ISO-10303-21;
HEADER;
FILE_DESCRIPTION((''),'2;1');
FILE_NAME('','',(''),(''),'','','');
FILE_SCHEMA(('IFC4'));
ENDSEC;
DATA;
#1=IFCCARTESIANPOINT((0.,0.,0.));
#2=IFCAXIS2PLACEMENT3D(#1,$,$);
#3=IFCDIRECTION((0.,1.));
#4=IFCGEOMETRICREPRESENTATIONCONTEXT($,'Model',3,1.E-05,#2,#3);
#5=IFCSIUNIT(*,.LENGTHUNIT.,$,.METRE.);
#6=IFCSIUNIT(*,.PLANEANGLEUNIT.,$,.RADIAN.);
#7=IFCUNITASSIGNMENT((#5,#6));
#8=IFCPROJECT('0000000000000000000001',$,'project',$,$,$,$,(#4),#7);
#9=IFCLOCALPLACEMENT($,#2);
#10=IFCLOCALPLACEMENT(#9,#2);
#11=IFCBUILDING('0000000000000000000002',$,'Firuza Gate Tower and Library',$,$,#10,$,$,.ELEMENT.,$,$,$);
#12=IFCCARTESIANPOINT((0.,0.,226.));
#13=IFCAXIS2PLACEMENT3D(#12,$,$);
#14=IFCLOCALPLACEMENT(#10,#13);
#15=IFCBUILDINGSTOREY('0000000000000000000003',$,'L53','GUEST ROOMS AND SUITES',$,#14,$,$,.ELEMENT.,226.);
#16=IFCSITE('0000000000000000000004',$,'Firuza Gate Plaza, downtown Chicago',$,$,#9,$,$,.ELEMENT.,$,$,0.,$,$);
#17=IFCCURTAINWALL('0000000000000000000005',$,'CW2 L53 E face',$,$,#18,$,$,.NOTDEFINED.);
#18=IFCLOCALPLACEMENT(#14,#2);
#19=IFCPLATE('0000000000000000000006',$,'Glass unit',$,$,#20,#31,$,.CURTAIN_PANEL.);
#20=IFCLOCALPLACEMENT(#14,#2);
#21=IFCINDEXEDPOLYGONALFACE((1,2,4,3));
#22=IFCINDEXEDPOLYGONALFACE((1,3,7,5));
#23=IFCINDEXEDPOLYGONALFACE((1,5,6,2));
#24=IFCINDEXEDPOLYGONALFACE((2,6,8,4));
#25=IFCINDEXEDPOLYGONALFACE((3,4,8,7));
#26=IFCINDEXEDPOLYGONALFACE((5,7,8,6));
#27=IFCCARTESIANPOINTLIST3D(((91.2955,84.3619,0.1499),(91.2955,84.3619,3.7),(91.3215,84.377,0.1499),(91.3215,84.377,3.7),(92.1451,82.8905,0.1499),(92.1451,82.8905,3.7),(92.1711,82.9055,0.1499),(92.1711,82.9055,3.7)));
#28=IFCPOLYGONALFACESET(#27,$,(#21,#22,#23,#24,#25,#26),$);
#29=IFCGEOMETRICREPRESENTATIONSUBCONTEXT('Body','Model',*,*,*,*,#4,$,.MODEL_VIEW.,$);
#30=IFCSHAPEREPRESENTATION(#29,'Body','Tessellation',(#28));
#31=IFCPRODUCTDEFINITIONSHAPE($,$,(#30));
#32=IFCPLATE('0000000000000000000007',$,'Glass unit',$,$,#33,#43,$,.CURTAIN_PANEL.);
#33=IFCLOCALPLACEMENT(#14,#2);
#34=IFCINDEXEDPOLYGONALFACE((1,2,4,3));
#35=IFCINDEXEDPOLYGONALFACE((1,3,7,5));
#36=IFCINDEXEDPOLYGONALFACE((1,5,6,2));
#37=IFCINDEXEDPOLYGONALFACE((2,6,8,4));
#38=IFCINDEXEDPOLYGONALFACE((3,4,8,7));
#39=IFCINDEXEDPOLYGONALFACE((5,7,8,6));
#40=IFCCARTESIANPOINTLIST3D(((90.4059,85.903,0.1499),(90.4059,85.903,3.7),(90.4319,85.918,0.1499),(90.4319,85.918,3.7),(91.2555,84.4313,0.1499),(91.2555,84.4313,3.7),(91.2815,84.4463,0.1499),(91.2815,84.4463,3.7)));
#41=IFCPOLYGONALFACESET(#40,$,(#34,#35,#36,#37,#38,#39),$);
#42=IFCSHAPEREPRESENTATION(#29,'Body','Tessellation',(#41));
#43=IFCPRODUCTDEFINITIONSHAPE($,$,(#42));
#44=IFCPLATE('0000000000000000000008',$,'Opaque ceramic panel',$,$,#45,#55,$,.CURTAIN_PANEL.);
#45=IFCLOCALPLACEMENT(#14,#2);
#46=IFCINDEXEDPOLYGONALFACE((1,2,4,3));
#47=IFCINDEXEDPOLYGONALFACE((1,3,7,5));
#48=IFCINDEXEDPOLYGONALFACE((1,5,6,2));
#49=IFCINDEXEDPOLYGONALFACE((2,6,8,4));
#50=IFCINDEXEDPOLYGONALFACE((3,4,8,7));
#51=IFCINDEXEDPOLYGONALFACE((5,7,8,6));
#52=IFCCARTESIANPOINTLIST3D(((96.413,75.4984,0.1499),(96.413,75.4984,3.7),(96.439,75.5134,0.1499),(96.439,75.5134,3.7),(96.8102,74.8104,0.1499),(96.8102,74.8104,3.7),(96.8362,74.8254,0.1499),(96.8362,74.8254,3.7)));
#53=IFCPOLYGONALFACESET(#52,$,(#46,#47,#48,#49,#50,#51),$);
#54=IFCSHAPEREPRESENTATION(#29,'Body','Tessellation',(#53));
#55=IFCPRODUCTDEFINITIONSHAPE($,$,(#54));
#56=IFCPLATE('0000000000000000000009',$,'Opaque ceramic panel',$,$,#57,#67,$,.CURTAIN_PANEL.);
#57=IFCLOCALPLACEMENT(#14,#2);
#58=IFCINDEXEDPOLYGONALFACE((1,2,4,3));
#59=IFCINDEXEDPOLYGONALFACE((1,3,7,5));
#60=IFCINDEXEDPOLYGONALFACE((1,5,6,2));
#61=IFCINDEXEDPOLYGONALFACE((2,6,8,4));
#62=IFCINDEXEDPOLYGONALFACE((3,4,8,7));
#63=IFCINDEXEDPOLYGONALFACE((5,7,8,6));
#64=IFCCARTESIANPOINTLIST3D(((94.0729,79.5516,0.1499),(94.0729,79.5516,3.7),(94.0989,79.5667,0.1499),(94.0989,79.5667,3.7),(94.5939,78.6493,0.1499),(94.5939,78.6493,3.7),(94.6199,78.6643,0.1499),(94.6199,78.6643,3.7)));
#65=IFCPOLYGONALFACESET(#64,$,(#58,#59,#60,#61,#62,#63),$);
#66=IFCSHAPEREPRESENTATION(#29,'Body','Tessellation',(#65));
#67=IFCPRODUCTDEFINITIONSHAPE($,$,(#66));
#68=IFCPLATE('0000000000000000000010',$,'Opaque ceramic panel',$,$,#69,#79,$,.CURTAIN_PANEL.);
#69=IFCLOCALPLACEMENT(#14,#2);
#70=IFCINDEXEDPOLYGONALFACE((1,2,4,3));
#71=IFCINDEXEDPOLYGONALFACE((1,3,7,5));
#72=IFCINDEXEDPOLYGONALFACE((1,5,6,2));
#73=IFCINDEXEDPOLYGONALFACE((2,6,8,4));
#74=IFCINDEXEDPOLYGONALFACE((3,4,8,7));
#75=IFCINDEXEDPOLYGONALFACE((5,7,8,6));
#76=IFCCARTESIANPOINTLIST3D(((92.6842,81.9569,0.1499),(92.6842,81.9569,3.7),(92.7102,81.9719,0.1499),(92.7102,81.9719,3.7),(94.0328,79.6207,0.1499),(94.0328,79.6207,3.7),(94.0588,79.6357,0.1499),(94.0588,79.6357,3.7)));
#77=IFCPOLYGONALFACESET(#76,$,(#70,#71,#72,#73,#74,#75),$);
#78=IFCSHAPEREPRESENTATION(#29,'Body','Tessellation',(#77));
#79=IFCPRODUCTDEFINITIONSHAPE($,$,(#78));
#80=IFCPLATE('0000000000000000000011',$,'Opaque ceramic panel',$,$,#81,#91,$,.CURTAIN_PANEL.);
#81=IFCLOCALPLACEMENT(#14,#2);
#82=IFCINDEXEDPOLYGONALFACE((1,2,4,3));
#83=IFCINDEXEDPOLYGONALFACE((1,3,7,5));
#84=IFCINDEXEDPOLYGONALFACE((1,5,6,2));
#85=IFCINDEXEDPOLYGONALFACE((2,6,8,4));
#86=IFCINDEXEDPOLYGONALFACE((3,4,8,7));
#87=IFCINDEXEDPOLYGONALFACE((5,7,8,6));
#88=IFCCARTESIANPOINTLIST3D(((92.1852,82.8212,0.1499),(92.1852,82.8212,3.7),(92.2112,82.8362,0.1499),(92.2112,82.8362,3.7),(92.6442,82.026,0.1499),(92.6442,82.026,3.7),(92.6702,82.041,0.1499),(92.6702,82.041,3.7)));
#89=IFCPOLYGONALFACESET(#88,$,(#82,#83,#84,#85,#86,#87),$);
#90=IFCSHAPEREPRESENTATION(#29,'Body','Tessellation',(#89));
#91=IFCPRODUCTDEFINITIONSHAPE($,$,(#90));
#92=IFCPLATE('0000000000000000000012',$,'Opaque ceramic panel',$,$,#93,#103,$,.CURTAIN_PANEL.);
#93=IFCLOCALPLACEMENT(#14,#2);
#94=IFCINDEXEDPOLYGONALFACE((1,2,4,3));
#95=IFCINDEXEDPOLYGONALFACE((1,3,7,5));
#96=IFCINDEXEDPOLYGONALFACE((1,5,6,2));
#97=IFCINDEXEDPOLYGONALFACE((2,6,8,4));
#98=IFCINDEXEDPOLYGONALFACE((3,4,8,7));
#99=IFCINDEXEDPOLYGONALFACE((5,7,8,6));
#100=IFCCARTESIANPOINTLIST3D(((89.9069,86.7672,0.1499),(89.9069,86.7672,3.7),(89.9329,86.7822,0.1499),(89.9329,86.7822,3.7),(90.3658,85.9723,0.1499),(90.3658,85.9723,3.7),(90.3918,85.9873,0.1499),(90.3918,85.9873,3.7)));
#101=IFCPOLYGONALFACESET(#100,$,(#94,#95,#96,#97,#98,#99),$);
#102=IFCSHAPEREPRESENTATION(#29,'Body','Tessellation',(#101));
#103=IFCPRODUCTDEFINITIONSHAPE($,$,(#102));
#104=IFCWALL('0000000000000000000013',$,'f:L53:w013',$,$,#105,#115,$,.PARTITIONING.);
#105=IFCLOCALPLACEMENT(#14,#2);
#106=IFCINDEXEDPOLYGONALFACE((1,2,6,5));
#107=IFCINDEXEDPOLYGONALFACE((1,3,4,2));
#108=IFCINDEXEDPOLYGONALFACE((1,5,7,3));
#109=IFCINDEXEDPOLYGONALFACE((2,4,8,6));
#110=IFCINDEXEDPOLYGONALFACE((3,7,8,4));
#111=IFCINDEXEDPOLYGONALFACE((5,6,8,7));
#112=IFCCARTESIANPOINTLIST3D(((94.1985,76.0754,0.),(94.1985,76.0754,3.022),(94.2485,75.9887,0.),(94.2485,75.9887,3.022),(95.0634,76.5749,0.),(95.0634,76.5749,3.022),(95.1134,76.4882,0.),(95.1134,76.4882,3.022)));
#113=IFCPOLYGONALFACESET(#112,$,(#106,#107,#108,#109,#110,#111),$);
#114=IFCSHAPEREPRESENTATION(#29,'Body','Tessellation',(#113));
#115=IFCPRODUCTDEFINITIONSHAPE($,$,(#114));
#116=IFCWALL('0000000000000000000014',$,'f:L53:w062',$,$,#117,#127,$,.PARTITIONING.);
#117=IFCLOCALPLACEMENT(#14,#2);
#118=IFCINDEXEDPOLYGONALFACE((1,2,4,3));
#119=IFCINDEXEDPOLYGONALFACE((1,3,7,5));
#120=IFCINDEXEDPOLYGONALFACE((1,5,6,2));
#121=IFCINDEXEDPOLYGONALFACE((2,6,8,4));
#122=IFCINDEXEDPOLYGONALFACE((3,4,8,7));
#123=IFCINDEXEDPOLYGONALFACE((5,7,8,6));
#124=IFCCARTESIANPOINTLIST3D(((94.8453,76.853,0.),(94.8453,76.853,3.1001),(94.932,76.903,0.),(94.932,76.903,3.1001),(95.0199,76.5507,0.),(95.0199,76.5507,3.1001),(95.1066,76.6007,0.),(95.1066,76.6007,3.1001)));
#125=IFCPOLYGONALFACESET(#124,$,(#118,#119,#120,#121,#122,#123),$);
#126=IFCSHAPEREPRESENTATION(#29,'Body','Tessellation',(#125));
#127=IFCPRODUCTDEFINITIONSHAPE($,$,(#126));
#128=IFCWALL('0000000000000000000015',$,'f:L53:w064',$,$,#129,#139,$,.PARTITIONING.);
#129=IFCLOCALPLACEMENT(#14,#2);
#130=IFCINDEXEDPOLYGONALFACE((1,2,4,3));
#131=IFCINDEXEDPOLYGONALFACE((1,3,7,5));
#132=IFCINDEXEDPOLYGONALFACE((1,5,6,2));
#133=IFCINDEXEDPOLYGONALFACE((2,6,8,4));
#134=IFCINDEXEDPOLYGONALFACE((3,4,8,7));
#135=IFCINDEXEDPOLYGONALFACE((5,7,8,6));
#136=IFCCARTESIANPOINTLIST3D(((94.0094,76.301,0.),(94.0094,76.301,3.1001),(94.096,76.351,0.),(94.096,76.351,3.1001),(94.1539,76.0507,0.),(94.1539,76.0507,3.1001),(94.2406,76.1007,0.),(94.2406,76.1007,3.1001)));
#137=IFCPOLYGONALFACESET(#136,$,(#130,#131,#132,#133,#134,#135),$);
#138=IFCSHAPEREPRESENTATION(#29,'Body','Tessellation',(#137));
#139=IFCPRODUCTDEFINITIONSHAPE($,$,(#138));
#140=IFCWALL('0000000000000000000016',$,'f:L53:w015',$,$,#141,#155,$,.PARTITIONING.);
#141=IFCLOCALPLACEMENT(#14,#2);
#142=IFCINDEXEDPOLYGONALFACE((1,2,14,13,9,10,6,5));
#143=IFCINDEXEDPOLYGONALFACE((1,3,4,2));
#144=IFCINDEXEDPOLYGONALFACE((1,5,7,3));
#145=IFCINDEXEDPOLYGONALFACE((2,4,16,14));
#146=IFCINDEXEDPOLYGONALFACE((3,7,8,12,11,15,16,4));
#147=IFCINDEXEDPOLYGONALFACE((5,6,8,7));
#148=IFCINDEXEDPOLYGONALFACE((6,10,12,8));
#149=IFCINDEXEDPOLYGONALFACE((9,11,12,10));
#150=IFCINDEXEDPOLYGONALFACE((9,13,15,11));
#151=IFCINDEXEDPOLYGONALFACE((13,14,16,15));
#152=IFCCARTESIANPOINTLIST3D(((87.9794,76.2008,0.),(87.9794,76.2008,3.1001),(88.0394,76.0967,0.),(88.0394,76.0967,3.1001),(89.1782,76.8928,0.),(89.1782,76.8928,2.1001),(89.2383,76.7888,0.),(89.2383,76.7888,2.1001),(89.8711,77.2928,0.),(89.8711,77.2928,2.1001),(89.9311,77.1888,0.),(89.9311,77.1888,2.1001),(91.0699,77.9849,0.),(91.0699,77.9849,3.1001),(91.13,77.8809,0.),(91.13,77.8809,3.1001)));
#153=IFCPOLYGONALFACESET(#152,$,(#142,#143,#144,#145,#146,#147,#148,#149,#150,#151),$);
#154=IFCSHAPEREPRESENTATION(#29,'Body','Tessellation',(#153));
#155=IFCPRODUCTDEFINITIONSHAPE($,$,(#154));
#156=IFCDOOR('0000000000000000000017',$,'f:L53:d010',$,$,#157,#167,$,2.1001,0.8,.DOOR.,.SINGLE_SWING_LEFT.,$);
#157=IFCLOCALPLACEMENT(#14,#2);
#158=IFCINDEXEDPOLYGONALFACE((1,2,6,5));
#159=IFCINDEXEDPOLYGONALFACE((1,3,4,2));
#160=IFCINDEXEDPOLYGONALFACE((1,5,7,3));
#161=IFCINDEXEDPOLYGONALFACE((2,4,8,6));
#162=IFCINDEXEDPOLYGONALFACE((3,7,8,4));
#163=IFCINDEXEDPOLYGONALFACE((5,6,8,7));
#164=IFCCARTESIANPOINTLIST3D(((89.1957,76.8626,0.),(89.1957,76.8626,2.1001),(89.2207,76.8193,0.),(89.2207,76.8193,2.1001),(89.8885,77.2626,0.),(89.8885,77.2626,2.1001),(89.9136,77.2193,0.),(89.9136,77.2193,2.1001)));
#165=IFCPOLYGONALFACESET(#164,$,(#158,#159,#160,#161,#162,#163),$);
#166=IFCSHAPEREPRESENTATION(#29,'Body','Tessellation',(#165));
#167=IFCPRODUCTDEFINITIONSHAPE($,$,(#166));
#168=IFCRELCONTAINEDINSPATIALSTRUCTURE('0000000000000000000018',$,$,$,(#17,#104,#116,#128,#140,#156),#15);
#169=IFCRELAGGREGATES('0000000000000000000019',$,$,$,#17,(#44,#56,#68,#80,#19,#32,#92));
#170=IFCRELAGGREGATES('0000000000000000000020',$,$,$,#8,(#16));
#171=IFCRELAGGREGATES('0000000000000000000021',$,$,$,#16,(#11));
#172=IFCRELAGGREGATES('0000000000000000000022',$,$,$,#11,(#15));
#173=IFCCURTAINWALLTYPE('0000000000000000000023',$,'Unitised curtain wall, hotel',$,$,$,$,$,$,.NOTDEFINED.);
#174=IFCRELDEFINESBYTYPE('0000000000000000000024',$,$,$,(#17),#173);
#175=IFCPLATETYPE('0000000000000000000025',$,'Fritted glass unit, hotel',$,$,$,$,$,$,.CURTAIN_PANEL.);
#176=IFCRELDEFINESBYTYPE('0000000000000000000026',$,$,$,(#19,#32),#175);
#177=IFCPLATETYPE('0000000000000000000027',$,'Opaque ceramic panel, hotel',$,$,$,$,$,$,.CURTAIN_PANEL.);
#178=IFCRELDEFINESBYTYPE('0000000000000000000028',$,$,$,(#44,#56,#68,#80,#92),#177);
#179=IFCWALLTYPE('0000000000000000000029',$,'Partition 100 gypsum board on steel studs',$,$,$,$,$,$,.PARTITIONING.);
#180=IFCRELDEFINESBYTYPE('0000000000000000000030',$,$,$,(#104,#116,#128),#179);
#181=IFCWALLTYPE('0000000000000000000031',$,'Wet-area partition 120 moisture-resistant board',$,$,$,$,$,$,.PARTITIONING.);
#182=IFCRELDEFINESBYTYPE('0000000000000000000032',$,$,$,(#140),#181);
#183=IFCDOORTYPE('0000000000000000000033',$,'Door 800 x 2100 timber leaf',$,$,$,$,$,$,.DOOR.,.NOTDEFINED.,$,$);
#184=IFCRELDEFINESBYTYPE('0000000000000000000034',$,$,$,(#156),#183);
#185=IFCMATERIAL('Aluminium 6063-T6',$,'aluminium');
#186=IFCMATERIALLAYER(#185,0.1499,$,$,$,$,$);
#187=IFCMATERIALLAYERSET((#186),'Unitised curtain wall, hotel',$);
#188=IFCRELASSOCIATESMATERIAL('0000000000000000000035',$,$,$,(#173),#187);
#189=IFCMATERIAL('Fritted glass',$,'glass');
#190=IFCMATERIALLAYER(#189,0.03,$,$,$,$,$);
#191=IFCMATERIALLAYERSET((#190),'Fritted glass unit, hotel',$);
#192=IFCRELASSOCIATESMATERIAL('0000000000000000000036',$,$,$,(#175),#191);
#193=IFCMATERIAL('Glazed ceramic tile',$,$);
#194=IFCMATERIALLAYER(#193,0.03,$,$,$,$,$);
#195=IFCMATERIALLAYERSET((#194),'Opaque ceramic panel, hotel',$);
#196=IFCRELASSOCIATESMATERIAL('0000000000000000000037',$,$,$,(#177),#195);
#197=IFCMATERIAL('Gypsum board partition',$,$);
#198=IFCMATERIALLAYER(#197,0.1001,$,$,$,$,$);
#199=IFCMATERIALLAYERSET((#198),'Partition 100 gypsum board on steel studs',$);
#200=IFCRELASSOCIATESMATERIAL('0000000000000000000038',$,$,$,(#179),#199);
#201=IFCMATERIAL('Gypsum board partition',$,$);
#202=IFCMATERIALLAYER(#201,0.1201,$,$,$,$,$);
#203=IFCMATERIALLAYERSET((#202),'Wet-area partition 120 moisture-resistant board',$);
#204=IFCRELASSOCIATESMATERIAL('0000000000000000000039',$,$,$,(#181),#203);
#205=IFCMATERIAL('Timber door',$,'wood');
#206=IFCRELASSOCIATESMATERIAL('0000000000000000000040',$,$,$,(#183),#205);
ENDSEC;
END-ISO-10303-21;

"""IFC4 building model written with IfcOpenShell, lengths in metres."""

from ifc_helpers import new_model, si_unit, direction, frame, frame_2d, origin, place, context, subcontext, project, spatial, polyline, rectangle, outline, extrude, material, layer, layer_set, type_object, element, fill, aggregate, save


model = new_model("IFC4")

# Units and contexts
model_context = context("Model", 3, precision=1e-05, world=origin(), true_north=direction((0.0, 1.0)))
body_context = subcontext(model_context, "Body", "Model", "MODEL_VIEW")
ifc_project = project(units=[si_unit("LENGTHUNIT", "METRE"), si_unit("PLANEANGLEUNIT", "RADIAN")], contexts=[model_context])

# Site, building, storey
site_placement = place(None, origin())
site = spatial("IfcSite", under=ifc_project, at=site_placement, Name="Firuza Gate Plaza, downtown Chicago", CompositionType="ELEMENT", RefElevation=0.0)
building_placement = place(site_placement, origin())
building = spatial("IfcBuilding", under=site, at=building_placement, Name="Firuza Gate Tower and Library", CompositionType="ELEMENT")
storey_placement = place(building_placement, frame((0.0, 0.0, 226.0)))
storey = spatial("IfcBuildingStorey", under=building, at=storey_placement, Name="L53", Description="GUEST ROOMS AND SUITES", CompositionType="ELEMENT", Elevation=226.0)

# Curtain wall
ifc_material_1 = material(Name="Aluminium 6063-T6", Category="aluminium")
ifc_layer_1 = layer(ifc_material_1, 0.1499)
ifc_layer_set_1 = layer_set([ifc_layer_1], Name="Unitised curtain wall, hotel")
curtain_wall_type = type_object("IfcCurtainWallType", Name="Unitised curtain wall, hotel", PredefinedType="NOTDEFINED", material=ifc_layer_set_1)
curtain_wall_placement = place(storey_placement, origin())
curtain_wall = element("IfcCurtainWall", 1, at=curtain_wall_placement, inside=storey, type_object=curtain_wall_type, Name="CW2 L53 E face", PredefinedType="NOTDEFINED")

# Plates
ifc_material_2 = material(Name="Fritted glass", Category="glass")
ifc_layer_2 = layer(ifc_material_2, 0.03)
ifc_layer_set_2 = layer_set([ifc_layer_2], Name="Fritted glass unit, hotel")
plate_type_1 = type_object("IfcPlateType", Name="Fritted glass unit, hotel", PredefinedType="CURTAIN_PANEL", material=ifc_layer_set_2)
plate_1_placement = place(storey_placement, frame((92.1711, 82.9055, 0.1499), z_axis=(0.866006, 0.500033, 0.0), x_axis=(-0.500033, 0.866006, 0.0)))
plate_1 = element("IfcPlate", 2, at=plate_1_placement, type_object=plate_type_1, Name="Glass unit", PredefinedType="CURTAIN_PANEL", context=body_context, shape_type="SweptSolid", body=[
    extrude(outline(polyline([(0.0, 0.0), (1.6991, 0.0), (1.6991, 3.55), (0.0, 3.55), (0.0, 0.0)])), origin(), (0.0, 0.0, -1.0), 0.03),
])
plate_2_placement = place(storey_placement, frame((91.2815, 84.4463, 0.1499), z_axis=(0.866042, 0.499971, 0.0), x_axis=(-0.499971, 0.866042, 0.0)))
plate_2 = element("IfcPlate", 3, at=plate_2_placement, type_object=plate_type_1, Name="Glass unit", PredefinedType="CURTAIN_PANEL", context=body_context, shape_type="SweptSolid", body=[
    extrude(outline(polyline([(0.0, 0.0), (1.6993, 0.0), (1.6993, 3.55), (0.0, 3.55), (0.0, 0.0)])), origin(), (0.0, 0.0, -1.0), 0.03),
])
ifc_material_3 = material(Name="Glazed ceramic tile")
ifc_layer_3 = layer(ifc_material_3, 0.03)
ifc_layer_set_3 = layer_set([ifc_layer_3], Name="Opaque ceramic panel, hotel")
plate_type_2 = type_object("IfcPlateType", Name="Opaque ceramic panel, hotel", PredefinedType="CURTAIN_PANEL", material=ifc_layer_set_3)
plate_3_placement = place(storey_placement, frame((96.8362, 74.8254, 0.1499), z_axis=(0.866022, 0.500006, 0.0), x_axis=(-0.500006, 0.866022, 0.0)))
plate_3 = element("IfcPlate", 4, at=plate_3_placement, type_object=plate_type_2, Name="Opaque ceramic panel", PredefinedType="CURTAIN_PANEL", context=body_context, shape_type="SweptSolid", body=[
    extrude(outline(polyline([(0.0, 0.0), (0.7944, 0.0), (0.7944, 3.55), (0.0, 3.55), (0.0, 0.0)])), origin(), (0.0, 0.0, -1.0), 0.03),
])
plate_4_placement = place(storey_placement, frame((94.6199, 78.6643, 0.1499), z_axis=(0.866014, 0.50002, 0.0), x_axis=(-0.50002, 0.866014, 0.0)))
plate_4 = element("IfcPlate", 5, at=plate_4_placement, type_object=plate_type_2, Name="Opaque ceramic panel", PredefinedType="CURTAIN_PANEL", context=body_context, shape_type="SweptSolid", body=[
    extrude(outline(polyline([(0.0, 0.0), (1.042, 0.0), (1.042, 3.55), (0.0, 3.55), (0.0, 0.0)])), origin(), (0.0, 0.0, -1.0), 0.03),
])
plate_5_placement = place(storey_placement, frame((94.0588, 79.6357, 0.1499), z_axis=(0.866051, 0.499955, 0.0), x_axis=(-0.499955, 0.866051, 0.0)))
plate_5 = element("IfcPlate", 6, at=plate_5_placement, type_object=plate_type_2, Name="Opaque ceramic panel", PredefinedType="CURTAIN_PANEL", context=body_context, shape_type="SweptSolid", body=[
    extrude(outline(polyline([(0.0, 0.0), (2.6975, 0.0), (2.6975, 3.55), (0.0, 3.55), (0.0, 0.0)])), origin(), (0.0, 0.0, -1.0), 0.03),
])
plate_6_placement = place(storey_placement, frame((92.6702, 82.041, 0.1499), z_axis=(0.866075, 0.499914, 0.0), x_axis=(-0.499914, 0.866075, 0.0)))
plate_6 = element("IfcPlate", 7, at=plate_6_placement, type_object=plate_type_2, Name="Opaque ceramic panel", PredefinedType="CURTAIN_PANEL", context=body_context, shape_type="SweptSolid", body=[
    extrude(outline(polyline([(0.0, 0.0), (0.9181, 0.0), (0.9181, 3.55), (0.0, 3.55), (0.0, 0.0)])), origin(), (0.0, 0.0, -1.0), 0.03),
])
plate_7_placement = place(storey_placement, frame((90.3918, 85.9873, 0.1499), z_axis=(0.866008, 0.500029, 0.0), x_axis=(-0.500029, 0.866008, 0.0)))
plate_7 = element("IfcPlate", 8, at=plate_7_placement, type_object=plate_type_2, Name="Opaque ceramic panel", PredefinedType="CURTAIN_PANEL", context=body_context, shape_type="SweptSolid", body=[
    extrude(outline(polyline([(0.0, 0.0), (0.9179, 0.0), (0.9179, 3.55), (0.0, 3.55), (0.0, 0.0)])), origin(), (0.0, 0.0, -1.0), 0.03),
])
aggregate(curtain_wall, [plate_3, plate_4, plate_5, plate_6, plate_1, plate_2, plate_7])

# Walls
ifc_material_4 = material(Name="Gypsum board partition")
ifc_layer_4 = layer(ifc_material_4, 0.1001)
ifc_layer_set_4 = layer_set([ifc_layer_4], Name="Partition 100 gypsum board on steel studs")
wall_type_1 = type_object("IfcWallType", Name="Partition 100 gypsum board on steel studs", PredefinedType="PARTITIONING", material=ifc_layer_set_4)
wall_1_placement = place(storey_placement, frame((94.2234, 76.032, 0.0), z_axis=(0.0, 0.0, 1.0), x_axis=(0.865978, 0.500082, 0.0)))
element("IfcWall", 9, at=wall_1_placement, inside=storey, type_object=wall_type_1, Name="f:L53:w013", PredefinedType="PARTITIONING", context=body_context, shape_type="SweptSolid", body=[
    extrude(rectangle(XDim=0.9988, YDim=0.1001, at=frame_2d((0.4995, 0.0))), origin(), (0.0, 0.0, 1.0), 3.022),
])
wall_2_placement = place(storey_placement, frame((95.0632, 76.5757, 0.0), z_axis=(0.0, 0.0, 1.0), x_axis=(-0.500126, 0.865953, 0.0)))
element("IfcWall", 10, at=wall_2_placement, inside=storey, type_object=wall_type_1, Name="f:L53:w062", PredefinedType="PARTITIONING", context=body_context, shape_type="SweptSolid", body=[
    extrude(rectangle(XDim=0.3491, YDim=0.1001, at=frame_2d((0.1746, 0.0))), origin(), (0.0, 0.0, 1.0), 3.1001),
])
wall_3_placement = place(storey_placement, frame((94.1973, 76.0757, 0.0), z_axis=(0.0, 0.0, 1.0), x_axis=(-0.500137, 0.865946, 0.0)))
element("IfcWall", 11, at=wall_3_placement, inside=storey, type_object=wall_type_1, Name="f:L53:w064", PredefinedType="PARTITIONING", context=body_context, shape_type="SweptSolid", body=[
    extrude(rectangle(XDim=0.2891, YDim=0.1001, at=frame_2d((0.1445, 0.0))), origin(), (0.0, 0.0, 1.0), 3.1001),
])

# Wall, opening, door
ifc_material_5 = material(Name="Gypsum board partition")
ifc_layer_5 = layer(ifc_material_5, 0.1201)
ifc_layer_set_5 = layer_set([ifc_layer_5], Name="Wet-area partition 120 moisture-resistant board")
wall_type_2 = type_object("IfcWallType", Name="Wet-area partition 120 moisture-resistant board", PredefinedType="PARTITIONING", material=ifc_layer_set_5)
wall_4_placement = place(storey_placement, frame((91.0999, 77.9329, 0.0), z_axis=(0.0, 0.0, 1.0), x_axis=(-0.866045, -0.499965, 0.0)))
wall_4 = element("IfcWall", 12, at=wall_4_placement, inside=storey, type_object=wall_type_2, Name="f:L53:w015", PredefinedType="PARTITIONING", context=body_context, shape_type="SweptSolid", body=[
    extrude(rectangle(XDim=3.5686, YDim=0.1201, at=frame_2d((1.7842, 0.0))), origin(), (0.0, 0.0, 1.0), 3.1001),
])
opening_1_placement = place(wall_4_placement, frame((1.3843, 0.0, 0.0)))
opening_1 = element("IfcOpeningElement", 13, at=opening_1_placement, cuts=wall_4, PredefinedType="OPENING", context=body_context, shape_type="SweptSolid", body=[
    extrude(rectangle(XDim=0.8, YDim=2.1001, at=frame_2d((0.3999, 1.05))), frame((0.0, 0.0701, 0.0), z_axis=(0.0, -1.0, 0.0), x_axis=(1.0, 0.0, 0.0)), (0.0, 0.0, 1.0), 0.1401),
])
ifc_material_6 = material(Name="Timber door", Category="wood")
door_type = type_object("IfcDoorType", Name="Door 800 x 2100 timber leaf", OperationType="NOTDEFINED", PredefinedType="DOOR", material=ifc_material_6)
door_1_placement = place(opening_1_placement, origin())
door_1 = element("IfcDoor", 14, at=door_1_placement, inside=storey, type_object=door_type, Name="f:L53:d010", OperationType="SINGLE_SWING_LEFT", OverallHeight=2.1001, OverallWidth=0.8, PredefinedType="DOOR", context=body_context, shape_type="SweptSolid", body=[
    extrude(rectangle(XDim=0.8, YDim=2.1001, at=frame_2d((0.3999, 1.05))), frame((0.0, 0.0249, 0.0), z_axis=(0.0, -1.0, 0.0), x_axis=(1.0, 0.0, 0.0)), (0.0, 0.0, 1.0), 0.05),
])
fill(opening_1, door_1)

save(model, "model.ifc")
